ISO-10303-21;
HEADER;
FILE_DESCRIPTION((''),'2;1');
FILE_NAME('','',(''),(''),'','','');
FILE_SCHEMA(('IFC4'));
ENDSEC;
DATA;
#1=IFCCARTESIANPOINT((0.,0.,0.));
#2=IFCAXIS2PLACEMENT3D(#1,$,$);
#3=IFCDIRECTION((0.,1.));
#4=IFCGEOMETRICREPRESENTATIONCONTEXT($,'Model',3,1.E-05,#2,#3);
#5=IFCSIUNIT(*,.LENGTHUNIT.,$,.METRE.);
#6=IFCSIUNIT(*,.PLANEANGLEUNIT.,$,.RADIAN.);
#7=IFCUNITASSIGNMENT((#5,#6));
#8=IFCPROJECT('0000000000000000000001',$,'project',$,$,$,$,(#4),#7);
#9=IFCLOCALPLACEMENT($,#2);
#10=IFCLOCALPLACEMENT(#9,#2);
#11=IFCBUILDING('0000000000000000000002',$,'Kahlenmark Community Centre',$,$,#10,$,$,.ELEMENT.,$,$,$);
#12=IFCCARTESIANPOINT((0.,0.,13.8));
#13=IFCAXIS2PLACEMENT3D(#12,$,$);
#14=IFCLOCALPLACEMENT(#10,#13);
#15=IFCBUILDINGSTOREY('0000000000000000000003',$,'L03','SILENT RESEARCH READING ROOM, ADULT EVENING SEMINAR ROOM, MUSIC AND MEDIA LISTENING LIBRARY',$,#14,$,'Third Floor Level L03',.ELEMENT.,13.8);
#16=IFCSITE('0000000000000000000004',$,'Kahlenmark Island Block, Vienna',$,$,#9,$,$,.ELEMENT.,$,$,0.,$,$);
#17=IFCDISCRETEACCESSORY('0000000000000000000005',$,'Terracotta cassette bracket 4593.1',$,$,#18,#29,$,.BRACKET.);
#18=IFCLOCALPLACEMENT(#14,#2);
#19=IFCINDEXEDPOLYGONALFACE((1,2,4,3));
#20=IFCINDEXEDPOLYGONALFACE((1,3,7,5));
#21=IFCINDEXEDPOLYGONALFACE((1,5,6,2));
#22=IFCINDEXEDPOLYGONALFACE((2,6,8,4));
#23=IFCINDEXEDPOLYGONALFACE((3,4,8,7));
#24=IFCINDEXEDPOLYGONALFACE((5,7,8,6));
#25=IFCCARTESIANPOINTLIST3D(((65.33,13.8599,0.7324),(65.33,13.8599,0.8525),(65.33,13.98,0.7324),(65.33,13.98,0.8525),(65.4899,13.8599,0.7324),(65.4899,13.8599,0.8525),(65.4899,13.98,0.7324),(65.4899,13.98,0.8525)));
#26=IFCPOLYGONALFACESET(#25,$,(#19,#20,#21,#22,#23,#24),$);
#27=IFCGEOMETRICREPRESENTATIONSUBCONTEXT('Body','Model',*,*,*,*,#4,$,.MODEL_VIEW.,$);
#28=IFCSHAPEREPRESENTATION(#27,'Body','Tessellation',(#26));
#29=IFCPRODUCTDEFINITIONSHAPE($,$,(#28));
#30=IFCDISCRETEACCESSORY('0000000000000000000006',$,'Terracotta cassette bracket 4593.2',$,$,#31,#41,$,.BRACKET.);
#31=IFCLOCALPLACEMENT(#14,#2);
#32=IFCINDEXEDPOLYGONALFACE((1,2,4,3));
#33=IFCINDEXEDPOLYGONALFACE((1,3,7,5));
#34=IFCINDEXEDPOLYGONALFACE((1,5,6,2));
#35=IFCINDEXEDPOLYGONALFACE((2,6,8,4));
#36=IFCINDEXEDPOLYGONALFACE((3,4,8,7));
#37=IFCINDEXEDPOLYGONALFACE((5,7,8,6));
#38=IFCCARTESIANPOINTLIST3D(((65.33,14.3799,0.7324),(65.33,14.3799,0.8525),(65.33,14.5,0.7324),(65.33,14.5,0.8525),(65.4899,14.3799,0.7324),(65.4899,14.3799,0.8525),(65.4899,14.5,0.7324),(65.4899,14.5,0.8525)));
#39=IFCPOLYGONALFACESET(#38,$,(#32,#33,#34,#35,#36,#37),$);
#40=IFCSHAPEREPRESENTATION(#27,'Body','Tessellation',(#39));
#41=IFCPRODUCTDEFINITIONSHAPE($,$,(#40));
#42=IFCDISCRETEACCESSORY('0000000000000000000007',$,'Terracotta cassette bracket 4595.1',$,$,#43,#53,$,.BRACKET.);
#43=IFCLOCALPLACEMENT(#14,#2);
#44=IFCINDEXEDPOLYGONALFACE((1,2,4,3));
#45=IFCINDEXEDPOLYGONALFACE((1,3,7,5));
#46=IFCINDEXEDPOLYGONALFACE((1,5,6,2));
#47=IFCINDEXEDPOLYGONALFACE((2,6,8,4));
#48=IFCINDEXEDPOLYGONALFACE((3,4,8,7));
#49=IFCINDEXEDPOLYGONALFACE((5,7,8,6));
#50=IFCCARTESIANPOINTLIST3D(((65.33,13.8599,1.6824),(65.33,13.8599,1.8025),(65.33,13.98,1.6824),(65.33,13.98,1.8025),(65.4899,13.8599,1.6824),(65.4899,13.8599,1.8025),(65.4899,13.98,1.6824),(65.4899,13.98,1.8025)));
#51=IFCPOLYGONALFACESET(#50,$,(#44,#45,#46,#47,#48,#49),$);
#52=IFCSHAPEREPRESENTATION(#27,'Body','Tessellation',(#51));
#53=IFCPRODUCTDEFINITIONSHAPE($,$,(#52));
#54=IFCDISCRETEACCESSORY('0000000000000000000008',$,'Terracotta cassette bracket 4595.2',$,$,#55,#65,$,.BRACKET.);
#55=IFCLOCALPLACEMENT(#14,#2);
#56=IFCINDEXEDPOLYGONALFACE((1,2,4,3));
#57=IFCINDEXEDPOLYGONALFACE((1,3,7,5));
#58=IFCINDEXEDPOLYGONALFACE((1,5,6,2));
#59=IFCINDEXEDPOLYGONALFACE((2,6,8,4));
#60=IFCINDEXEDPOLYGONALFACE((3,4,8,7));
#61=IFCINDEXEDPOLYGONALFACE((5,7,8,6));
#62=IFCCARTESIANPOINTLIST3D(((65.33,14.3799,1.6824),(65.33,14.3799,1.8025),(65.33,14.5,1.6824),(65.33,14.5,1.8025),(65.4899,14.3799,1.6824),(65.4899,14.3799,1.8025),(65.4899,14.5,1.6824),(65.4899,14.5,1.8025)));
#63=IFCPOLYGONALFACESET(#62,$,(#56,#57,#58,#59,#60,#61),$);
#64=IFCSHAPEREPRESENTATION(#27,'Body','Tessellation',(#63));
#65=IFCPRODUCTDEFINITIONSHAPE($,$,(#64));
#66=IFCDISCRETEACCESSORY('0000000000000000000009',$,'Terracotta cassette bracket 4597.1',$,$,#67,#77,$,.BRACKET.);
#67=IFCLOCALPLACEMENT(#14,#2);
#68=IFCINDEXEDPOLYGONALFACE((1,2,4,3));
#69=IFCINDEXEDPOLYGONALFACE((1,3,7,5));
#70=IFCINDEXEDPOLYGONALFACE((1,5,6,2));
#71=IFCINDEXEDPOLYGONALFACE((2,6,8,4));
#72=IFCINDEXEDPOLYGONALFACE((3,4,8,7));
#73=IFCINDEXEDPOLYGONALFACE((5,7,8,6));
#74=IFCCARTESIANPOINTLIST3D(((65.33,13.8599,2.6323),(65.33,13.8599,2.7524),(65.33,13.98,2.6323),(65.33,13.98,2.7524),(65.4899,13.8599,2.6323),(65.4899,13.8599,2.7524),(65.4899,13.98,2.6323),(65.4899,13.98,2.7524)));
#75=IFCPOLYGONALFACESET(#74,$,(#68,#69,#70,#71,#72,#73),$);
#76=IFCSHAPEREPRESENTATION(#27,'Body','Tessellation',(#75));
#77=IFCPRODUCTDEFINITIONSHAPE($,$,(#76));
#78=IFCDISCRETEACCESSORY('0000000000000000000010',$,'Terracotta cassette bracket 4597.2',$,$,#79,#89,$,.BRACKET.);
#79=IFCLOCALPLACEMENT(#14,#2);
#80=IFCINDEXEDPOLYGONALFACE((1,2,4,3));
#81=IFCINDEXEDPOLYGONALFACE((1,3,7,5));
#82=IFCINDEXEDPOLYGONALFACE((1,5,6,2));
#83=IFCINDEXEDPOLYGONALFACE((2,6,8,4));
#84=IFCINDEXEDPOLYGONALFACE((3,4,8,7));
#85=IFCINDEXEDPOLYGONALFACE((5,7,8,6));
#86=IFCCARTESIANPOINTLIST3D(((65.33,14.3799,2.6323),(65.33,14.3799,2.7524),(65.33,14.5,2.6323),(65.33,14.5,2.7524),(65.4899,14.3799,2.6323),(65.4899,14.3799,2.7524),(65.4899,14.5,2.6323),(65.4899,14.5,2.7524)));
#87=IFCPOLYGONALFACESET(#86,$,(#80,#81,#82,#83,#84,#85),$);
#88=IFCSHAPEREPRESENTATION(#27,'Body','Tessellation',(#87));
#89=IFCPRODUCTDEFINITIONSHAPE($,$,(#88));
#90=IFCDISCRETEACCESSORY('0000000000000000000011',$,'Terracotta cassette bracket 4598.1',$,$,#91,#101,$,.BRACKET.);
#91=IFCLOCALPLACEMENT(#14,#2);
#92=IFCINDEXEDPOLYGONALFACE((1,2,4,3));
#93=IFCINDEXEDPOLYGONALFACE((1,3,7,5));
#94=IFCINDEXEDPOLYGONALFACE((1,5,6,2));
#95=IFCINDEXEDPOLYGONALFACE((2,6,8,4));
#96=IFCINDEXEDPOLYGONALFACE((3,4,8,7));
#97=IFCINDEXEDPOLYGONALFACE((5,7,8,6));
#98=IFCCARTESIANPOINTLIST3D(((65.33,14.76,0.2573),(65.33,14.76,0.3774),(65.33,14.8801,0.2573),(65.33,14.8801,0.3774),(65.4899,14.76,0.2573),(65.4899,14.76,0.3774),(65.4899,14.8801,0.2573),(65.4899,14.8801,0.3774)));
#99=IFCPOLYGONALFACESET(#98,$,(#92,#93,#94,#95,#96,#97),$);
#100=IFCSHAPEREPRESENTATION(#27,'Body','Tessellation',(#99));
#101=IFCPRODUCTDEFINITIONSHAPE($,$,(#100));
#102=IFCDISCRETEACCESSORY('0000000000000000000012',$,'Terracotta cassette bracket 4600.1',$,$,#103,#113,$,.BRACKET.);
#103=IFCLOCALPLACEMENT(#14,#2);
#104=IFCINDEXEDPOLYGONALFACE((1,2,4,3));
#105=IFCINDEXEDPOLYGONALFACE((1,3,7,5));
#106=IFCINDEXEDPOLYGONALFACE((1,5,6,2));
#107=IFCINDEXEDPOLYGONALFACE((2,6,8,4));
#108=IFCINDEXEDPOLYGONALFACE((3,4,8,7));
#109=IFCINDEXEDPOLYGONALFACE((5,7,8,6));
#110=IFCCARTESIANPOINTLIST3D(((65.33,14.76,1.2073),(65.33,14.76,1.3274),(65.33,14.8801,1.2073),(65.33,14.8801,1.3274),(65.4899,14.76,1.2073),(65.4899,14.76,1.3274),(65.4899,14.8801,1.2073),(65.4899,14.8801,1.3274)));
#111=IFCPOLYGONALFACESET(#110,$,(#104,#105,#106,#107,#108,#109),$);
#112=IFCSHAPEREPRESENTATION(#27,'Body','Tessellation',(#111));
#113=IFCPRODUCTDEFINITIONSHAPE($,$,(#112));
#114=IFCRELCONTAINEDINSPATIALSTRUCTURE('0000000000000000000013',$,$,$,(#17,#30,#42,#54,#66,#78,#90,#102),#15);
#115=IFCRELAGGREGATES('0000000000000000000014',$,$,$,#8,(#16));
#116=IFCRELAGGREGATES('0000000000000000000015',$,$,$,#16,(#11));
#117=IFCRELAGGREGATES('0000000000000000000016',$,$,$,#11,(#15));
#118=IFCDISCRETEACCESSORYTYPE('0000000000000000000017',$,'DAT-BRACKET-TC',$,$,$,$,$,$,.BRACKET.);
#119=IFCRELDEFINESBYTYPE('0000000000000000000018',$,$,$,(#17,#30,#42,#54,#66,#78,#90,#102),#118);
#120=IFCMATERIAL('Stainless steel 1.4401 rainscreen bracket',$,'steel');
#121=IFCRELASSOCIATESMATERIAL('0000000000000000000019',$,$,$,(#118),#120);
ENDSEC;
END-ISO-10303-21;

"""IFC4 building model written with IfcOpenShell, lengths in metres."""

from ifc_helpers import new_model, si_unit, direction, frame, origin, origin_2d, place, context, subcontext, project, spatial, rectangle, extrude, material, type_object, element, save


model = new_model("IFC4")

# Units and contexts
model_context = context("Model", 3, precision=1e-05, world=origin(), true_north=direction((0.0, 1.0)))
body_context = subcontext(model_context, "Body", "Model", "MODEL_VIEW")
ifc_project = project(units=[si_unit("LENGTHUNIT", "METRE"), si_unit("PLANEANGLEUNIT", "RADIAN")], contexts=[model_context])

# Site, building, storey
site_placement = place(None, origin())
site = spatial("IfcSite", under=ifc_project, at=site_placement, Name="Kahlenmark Island Block, Vienna", CompositionType="ELEMENT", RefElevation=0.0)
building_placement = place(site_placement, origin())
building = spatial("IfcBuilding", under=site, at=building_placement, Name="Kahlenmark Community Centre", CompositionType="ELEMENT")
storey_placement = place(building_placement, frame((0.0, 0.0, 13.8)))
storey = spatial("IfcBuildingStorey", under=building, at=storey_placement, Name="L03", Description="SILENT RESEARCH READING ROOM, ADULT EVENING SEMINAR ROOM, MUSIC AND MEDIA LISTENING LIBRARY", LongName="Third Floor Level L03", CompositionType="ELEMENT", Elevation=13.8)

# Discrete accessories
ifc_material_1 = material(Name="Stainless steel 1.4401 rainscreen bracket", Category="steel")
discrete_accessory_type = type_object("IfcDiscreteAccessoryType", Name="DAT-BRACKET-TC", PredefinedType="BRACKET", material=ifc_material_1)
for number, where, z_axis, x_axis, name in (
    (1, (65.4099, 13.9199, 0.7324), (0.0, 0.0, 1.0), (0.0, 1.0, 0.0), "Terracotta cassette bracket 4593.1"),
    (2, (65.4099, 14.4399, 0.7324), (0.0, 0.0, 1.0), (0.0, 1.0, 0.0), "Terracotta cassette bracket 4593.2"),
    (3, (65.4099, 13.9199, 1.6824), (0.0, 0.0, 1.0), (0.0, 1.0, 0.0), "Terracotta cassette bracket 4595.1"),
    (4, (65.4099, 14.4399, 1.6824), (0.0, 0.0, 1.0), (0.0, 1.0, 0.0), "Terracotta cassette bracket 4595.2"),
    (5, (65.4099, 13.9199, 2.6323), (0.0, 0.0, 1.0), (0.0, 1.0, 0.0), "Terracotta cassette bracket 4597.1"),
    (6, (65.4099, 14.4399, 2.6323), (0.0, 0.0, 1.0), (0.0, 1.0, 0.0), "Terracotta cassette bracket 4597.2"),
    (7, (65.4099, 14.8201, 0.2573), (0.0, 0.0, 1.0), (0.0, 1.0, 0.0), "Terracotta cassette bracket 4598.1"),
    (8, (65.4099, 14.8201, 1.2073), (0.0, 0.0, 1.0), (0.0, 1.0, 0.0), "Terracotta cassette bracket 4600.1"),
):
    element("IfcDiscreteAccessory", number, at=place(storey_placement, frame(where, z_axis=z_axis, x_axis=x_axis)), inside=storey, type_object=discrete_accessory_type, Name=name, PredefinedType="BRACKET", context=body_context, shape_type="SweptSolid", body=[
        extrude(rectangle(XDim=0.1201, YDim=0.1599, at=origin_2d()), origin(), (0.0, 0.0, 1.0), 0.1201),
    ])

save(model, "model.ifc")
